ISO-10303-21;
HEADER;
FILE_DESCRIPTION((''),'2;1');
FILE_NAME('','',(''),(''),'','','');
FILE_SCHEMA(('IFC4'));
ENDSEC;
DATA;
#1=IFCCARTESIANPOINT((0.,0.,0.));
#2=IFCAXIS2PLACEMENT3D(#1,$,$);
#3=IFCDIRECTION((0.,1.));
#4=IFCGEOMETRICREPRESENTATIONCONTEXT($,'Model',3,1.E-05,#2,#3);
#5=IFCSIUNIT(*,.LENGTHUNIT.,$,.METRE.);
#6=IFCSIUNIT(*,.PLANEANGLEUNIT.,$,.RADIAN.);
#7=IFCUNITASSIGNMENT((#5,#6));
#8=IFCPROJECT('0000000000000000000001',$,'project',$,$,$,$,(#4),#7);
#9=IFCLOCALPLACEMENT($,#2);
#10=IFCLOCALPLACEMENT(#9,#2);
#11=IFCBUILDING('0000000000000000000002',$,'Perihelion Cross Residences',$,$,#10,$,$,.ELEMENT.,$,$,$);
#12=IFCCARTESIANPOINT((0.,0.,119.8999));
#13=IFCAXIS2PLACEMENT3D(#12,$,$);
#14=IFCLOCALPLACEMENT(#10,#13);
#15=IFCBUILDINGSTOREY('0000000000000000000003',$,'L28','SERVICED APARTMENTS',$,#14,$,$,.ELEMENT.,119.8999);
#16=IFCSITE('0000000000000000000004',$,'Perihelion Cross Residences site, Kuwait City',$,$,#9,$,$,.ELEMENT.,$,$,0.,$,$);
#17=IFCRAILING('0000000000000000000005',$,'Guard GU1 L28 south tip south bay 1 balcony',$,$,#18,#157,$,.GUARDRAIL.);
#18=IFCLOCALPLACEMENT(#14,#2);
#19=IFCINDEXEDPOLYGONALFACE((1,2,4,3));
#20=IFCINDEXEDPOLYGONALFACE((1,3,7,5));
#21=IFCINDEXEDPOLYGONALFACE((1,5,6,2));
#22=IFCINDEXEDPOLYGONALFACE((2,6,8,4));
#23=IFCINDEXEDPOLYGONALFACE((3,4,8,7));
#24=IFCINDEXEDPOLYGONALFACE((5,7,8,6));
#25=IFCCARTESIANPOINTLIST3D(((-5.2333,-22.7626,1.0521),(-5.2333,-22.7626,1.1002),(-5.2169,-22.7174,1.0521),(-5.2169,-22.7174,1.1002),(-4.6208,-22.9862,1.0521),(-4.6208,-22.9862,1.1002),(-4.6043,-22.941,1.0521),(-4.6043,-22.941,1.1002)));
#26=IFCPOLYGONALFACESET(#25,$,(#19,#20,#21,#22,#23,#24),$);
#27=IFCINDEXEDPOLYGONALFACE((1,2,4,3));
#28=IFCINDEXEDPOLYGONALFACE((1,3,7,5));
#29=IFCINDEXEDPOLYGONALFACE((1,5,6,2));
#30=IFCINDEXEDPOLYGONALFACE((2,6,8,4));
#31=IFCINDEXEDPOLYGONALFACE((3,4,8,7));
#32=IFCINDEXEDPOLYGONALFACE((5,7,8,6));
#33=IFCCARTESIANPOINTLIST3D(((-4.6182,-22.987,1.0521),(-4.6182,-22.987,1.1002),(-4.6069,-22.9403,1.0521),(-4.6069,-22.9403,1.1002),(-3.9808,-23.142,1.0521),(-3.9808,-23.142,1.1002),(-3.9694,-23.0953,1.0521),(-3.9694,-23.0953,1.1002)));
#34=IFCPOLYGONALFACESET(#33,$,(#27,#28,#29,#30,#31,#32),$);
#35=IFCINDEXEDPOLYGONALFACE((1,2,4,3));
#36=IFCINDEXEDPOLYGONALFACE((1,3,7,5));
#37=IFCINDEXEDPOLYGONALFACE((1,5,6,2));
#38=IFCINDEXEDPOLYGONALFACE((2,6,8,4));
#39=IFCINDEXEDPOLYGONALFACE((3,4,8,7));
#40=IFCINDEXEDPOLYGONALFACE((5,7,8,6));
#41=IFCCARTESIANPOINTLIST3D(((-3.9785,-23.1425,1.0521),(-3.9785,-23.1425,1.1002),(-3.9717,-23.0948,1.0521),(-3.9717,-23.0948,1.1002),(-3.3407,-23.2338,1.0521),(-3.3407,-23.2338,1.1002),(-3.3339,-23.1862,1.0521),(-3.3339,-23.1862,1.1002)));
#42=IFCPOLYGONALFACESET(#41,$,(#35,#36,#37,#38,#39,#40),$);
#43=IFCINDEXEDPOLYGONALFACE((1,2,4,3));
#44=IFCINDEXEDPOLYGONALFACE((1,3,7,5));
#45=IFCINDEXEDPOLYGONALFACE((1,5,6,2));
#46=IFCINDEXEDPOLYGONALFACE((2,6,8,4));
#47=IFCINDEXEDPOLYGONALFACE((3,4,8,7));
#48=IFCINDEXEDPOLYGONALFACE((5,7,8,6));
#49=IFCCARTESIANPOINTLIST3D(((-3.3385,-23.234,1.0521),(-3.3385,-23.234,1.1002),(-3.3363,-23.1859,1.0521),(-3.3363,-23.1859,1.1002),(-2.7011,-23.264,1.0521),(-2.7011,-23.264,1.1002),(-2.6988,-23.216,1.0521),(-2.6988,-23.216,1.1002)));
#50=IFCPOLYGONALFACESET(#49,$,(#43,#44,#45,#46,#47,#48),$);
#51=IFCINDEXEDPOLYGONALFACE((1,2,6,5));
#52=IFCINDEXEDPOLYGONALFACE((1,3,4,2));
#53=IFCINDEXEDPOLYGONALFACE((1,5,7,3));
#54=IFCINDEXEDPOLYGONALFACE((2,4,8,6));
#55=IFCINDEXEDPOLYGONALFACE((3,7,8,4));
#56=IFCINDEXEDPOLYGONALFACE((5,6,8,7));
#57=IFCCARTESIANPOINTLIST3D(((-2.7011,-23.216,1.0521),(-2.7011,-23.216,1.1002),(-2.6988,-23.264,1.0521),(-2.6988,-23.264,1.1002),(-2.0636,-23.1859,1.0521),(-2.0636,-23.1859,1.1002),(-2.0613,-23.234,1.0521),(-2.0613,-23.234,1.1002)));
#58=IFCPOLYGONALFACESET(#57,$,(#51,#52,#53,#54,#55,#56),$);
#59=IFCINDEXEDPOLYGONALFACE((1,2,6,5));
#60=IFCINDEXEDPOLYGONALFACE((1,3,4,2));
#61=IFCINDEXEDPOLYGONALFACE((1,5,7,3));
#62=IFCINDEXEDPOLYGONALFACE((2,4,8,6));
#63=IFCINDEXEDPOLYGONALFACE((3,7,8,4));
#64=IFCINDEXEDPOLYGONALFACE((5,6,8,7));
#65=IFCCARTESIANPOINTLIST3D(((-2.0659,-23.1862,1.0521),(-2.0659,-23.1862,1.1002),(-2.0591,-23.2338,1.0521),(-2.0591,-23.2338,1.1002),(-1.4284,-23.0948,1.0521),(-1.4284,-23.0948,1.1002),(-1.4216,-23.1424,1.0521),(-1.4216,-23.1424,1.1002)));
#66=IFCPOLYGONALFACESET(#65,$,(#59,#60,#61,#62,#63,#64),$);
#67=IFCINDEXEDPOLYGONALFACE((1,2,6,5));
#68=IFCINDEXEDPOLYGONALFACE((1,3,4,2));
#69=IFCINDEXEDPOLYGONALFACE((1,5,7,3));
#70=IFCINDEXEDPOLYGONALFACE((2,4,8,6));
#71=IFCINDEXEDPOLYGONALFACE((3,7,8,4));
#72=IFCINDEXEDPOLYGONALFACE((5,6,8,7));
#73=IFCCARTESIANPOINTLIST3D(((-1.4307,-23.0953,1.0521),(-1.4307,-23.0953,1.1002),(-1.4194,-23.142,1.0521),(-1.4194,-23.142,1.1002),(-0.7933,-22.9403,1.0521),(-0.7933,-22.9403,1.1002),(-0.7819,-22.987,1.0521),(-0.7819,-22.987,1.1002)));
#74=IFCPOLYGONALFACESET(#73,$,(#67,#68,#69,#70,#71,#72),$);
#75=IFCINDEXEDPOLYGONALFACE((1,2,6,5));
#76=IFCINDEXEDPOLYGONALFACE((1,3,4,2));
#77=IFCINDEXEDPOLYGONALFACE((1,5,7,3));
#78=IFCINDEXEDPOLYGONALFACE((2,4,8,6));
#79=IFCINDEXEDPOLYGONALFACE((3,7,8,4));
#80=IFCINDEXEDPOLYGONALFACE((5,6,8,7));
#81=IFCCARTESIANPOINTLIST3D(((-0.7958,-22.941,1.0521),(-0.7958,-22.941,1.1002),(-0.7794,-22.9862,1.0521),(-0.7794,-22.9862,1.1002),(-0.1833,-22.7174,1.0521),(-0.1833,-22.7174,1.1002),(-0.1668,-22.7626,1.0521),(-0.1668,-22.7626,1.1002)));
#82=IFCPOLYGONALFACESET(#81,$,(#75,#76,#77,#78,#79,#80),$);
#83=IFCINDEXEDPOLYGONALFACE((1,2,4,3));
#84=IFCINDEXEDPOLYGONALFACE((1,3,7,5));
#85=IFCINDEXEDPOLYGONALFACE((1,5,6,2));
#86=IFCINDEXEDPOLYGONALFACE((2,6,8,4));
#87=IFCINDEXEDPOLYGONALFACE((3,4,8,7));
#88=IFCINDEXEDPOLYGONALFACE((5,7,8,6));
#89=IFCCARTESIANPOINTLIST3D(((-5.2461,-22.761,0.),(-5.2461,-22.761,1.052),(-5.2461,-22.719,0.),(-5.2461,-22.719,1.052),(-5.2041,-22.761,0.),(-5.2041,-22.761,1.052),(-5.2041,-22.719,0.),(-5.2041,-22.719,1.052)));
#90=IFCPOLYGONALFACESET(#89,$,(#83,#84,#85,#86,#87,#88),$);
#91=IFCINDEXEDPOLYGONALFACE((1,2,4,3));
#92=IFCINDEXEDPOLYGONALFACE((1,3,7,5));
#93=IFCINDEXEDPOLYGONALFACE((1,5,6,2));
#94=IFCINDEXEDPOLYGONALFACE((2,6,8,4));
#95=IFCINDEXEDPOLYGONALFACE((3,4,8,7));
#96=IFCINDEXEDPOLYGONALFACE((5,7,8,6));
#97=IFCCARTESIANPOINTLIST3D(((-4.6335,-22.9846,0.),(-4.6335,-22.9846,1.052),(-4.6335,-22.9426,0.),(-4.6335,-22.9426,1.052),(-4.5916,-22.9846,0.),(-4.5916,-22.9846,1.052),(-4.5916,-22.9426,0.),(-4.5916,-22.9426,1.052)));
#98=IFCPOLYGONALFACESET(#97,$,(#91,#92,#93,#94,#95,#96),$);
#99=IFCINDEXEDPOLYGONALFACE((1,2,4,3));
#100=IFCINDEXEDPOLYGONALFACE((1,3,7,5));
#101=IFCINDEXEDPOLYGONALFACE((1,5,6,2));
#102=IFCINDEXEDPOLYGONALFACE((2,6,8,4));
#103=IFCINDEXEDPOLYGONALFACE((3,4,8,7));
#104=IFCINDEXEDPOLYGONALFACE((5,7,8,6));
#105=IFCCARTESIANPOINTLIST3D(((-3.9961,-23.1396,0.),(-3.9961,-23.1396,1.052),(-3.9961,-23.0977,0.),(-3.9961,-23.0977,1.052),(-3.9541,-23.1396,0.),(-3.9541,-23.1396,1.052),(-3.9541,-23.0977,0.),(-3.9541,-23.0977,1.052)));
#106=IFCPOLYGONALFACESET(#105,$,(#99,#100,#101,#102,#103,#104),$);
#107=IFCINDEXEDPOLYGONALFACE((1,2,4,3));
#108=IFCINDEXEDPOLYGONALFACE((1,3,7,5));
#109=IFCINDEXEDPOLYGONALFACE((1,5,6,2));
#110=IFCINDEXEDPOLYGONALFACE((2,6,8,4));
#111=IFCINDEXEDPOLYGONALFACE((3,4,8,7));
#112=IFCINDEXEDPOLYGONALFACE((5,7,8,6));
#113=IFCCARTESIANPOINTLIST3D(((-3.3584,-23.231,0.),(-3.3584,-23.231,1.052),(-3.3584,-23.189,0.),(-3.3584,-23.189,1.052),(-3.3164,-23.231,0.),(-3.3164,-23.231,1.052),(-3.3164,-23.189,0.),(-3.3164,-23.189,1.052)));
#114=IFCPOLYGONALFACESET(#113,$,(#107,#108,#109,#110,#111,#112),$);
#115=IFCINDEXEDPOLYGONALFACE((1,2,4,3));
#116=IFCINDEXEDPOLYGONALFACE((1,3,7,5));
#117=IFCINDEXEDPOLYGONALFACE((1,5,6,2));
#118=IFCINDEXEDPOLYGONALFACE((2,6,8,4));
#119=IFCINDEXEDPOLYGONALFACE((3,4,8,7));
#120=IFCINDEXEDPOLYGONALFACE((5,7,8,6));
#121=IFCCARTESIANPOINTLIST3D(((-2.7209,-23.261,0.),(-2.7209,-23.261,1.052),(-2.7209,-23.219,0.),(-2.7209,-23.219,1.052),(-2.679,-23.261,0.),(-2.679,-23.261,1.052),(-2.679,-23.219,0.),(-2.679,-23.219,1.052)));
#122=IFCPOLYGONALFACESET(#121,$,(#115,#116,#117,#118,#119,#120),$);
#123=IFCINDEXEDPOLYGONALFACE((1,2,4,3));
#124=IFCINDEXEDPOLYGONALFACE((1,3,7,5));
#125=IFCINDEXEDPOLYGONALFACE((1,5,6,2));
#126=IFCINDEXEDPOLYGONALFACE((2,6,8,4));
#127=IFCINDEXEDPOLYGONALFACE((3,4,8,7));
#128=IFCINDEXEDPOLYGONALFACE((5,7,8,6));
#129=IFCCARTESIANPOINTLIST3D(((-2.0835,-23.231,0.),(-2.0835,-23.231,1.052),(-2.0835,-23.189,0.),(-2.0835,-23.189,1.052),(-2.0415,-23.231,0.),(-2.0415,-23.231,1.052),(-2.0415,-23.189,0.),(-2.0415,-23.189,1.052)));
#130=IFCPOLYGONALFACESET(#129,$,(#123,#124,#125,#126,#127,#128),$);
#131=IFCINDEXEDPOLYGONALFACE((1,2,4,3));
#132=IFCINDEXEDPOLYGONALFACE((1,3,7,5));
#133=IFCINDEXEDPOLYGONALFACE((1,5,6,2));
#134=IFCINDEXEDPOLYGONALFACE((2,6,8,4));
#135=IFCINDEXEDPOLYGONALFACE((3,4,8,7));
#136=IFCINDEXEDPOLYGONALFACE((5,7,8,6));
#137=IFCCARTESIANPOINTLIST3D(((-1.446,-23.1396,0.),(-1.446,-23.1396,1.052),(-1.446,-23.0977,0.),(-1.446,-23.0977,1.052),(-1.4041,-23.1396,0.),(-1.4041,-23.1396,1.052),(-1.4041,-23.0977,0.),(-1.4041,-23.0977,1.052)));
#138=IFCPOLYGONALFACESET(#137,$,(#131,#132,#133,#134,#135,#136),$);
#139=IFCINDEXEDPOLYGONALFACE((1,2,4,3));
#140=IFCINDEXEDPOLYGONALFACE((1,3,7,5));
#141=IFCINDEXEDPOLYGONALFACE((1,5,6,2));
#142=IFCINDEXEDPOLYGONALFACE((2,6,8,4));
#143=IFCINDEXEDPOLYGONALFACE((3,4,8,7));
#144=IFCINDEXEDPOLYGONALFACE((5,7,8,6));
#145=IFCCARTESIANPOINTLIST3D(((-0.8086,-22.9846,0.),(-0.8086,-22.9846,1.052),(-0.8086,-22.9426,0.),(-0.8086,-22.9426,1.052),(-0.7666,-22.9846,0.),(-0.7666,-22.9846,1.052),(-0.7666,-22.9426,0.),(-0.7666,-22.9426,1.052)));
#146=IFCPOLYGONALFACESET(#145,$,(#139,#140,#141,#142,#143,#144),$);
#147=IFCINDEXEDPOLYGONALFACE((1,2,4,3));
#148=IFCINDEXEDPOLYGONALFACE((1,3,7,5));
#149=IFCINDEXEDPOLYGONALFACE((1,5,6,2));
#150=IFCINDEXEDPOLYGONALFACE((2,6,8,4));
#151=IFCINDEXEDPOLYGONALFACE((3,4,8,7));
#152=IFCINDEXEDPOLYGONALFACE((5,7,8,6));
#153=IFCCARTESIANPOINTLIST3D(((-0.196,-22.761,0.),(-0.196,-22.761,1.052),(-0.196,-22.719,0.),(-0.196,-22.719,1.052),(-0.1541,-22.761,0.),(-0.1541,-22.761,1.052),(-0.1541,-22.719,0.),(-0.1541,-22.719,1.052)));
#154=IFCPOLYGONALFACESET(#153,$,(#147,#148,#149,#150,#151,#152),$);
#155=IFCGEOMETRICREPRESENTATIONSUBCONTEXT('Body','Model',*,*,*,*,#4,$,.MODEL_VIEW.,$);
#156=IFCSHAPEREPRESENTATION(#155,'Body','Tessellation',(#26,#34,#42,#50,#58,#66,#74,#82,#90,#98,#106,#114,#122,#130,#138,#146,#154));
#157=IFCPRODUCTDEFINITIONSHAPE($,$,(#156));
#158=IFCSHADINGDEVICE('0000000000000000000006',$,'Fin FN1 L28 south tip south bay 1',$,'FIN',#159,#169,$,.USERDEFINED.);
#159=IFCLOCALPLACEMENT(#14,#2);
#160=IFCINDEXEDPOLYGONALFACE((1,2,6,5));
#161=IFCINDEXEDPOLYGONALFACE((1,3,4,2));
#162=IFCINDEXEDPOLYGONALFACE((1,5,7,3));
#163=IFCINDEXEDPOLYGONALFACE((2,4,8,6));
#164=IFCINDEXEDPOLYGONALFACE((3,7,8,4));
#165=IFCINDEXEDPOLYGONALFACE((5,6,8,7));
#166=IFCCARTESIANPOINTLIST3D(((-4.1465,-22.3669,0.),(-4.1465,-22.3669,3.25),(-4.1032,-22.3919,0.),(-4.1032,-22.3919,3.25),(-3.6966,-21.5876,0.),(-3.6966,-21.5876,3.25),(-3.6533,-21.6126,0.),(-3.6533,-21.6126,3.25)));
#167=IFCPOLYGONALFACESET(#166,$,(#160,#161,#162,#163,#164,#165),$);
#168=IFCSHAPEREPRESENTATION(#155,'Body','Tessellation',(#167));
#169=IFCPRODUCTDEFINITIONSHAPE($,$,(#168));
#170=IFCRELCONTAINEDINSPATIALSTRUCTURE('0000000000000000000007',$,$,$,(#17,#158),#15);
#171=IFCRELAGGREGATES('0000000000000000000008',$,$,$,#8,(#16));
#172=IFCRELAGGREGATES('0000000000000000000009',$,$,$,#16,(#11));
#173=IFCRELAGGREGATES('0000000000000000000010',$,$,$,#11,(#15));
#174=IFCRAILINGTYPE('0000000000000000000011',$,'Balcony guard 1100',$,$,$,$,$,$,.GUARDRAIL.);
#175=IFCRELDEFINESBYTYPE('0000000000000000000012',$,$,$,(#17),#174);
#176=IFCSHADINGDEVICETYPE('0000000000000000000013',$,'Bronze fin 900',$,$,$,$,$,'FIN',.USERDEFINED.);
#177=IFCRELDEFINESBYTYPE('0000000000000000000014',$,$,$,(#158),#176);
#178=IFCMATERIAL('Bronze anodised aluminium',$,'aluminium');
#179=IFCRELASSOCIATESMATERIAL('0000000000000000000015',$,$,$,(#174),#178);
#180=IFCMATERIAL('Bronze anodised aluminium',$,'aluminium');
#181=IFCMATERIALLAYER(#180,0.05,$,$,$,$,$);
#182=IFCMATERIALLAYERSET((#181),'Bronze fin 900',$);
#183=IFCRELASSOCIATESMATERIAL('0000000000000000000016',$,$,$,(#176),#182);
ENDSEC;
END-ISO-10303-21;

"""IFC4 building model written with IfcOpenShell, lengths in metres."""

from ifc_helpers import new_model, si_unit, direction, frame, origin, origin_2d, place, context, subcontext, project, spatial, rectangle, extrude, material, layer, layer_set, type_object, element, save


model = new_model("IFC4")

# Units and contexts
model_context = context("Model", 3, precision=1e-05, world=origin(), true_north=direction((0.0, 1.0)))
body_context = subcontext(model_context, "Body", "Model", "MODEL_VIEW")
ifc_project = project(units=[si_unit("LENGTHUNIT", "METRE"), si_unit("PLANEANGLEUNIT", "RADIAN")], contexts=[model_context])

# Site, building, storey
site_placement = place(None, origin())
site = spatial("IfcSite", under=ifc_project, at=site_placement, Name="Perihelion Cross Residences site, Kuwait City", CompositionType="ELEMENT", RefElevation=0.0)
building_placement = place(site_placement, origin())
building = spatial("IfcBuilding", under=site, at=building_placement, Name="Perihelion Cross Residences", CompositionType="ELEMENT")
storey_placement = place(building_placement, frame((0.0, 0.0, 119.8999)))
storey = spatial("IfcBuildingStorey", under=building, at=storey_placement, Name="L28", Description="SERVICED APARTMENTS", CompositionType="ELEMENT", Elevation=119.8999)

# Railing
ifc_material_1 = material(Name="Bronze anodised aluminium", Category="aluminium")
railing_type = type_object("IfcRailingType", Name="Balcony guard 1100", PredefinedType="GUARDRAIL", material=ifc_material_1)
railing_1_placement = place(storey_placement, frame((-5.2251, -22.74, 0.0)))
element("IfcRailing", 1, at=railing_1_placement, inside=storey, type_object=railing_type, Name="Guard GU1 L28 south tip south bay 1 balcony", PredefinedType="GUARDRAIL", context=body_context, shape_type="SweptSolid", body=[
    extrude(rectangle(XDim=0.0481, YDim=0.0481, at=origin_2d()), frame((0.0, 0.0, 1.0762), z_axis=(0.939355, -0.342945, 0.0), x_axis=(0.342945, 0.939355, 0.0)), (0.0, 0.0, 1.0), 0.6521),
    extrude(rectangle(XDim=0.0481, YDim=0.0481, at=origin_2d()), frame((0.6125, -0.2236, 1.0762), z_axis=(0.971677, -0.236314, 0.0), x_axis=(0.236314, 0.971677, 0.0)), (0.0, 0.0, 1.0), 0.656),
    extrude(rectangle(XDim=0.0481, YDim=0.0481, at=origin_2d()), frame((1.25, -0.3787, 1.0762), z_axis=(0.989904, -0.14174, 0.0), x_axis=(0.14174, 0.989904, 0.0)), (0.0, 0.0, 1.0), 0.6443),
    extrude(rectangle(XDim=0.0481, YDim=0.0481, at=origin_2d()), frame((1.8877, -0.47, 1.0762), z_axis=(0.998892, -0.047056, 0.0), x_axis=(0.047056, 0.998892, 0.0)), (0.0, 0.0, 1.0), 0.6382),
    extrude(rectangle(XDim=0.0481, YDim=0.0481, at=origin_2d()), frame((2.5251, -0.5, 1.0762), z_axis=(0.998892, 0.047056, 0.0), x_axis=(-0.047056, 0.998892, 0.0)), (0.0, 0.0, 1.0), 0.6382),
    extrude(rectangle(XDim=0.0481, YDim=0.0481, at=origin_2d()), frame((3.1626, -0.47, 1.0762), z_axis=(0.989896, 0.141793, 0.0), x_axis=(-0.141793, 0.989896, 0.0)), (0.0, 0.0, 1.0), 0.644),
    extrude(rectangle(XDim=0.0481, YDim=0.0481, at=origin_2d()), frame((3.8, -0.3787, 1.0762), z_axis=(0.971677, 0.236314, 0.0), x_axis=(-0.236314, 0.971677, 0.0)), (0.0, 0.0, 1.0), 0.656),
    extrude(rectangle(XDim=0.0481, YDim=0.0481, at=origin_2d()), frame((4.4375, -0.2236, 1.0762), z_axis=(0.939355, 0.342945, 0.0), x_axis=(-0.342945, 0.939355, 0.0)), (0.0, 0.0, 1.0), 0.6521),
    extrude(rectangle(XDim=0.042, YDim=0.042, at=origin_2d()), origin(), (0.0, 0.0, 1.0), 1.052),
    extrude(rectangle(XDim=0.042, YDim=0.042, at=origin_2d()), frame((0.6125, -0.2236, 0.0)), (0.0, 0.0, 1.0), 1.052),
    extrude(rectangle(XDim=0.042, YDim=0.042, at=origin_2d()), frame((1.25, -0.3787, 0.0)), (0.0, 0.0, 1.0), 1.052),
    extrude(rectangle(XDim=0.042, YDim=0.042, at=origin_2d()), frame((1.8877, -0.47, 0.0)), (0.0, 0.0, 1.0), 1.052),
    extrude(rectangle(XDim=0.042, YDim=0.042, at=origin_2d()), frame((2.5251, -0.5, 0.0)), (0.0, 0.0, 1.0), 1.052),
    extrude(rectangle(XDim=0.042, YDim=0.042, at=origin_2d()), frame((3.1626, -0.47, 0.0)), (0.0, 0.0, 1.0), 1.052),
    extrude(rectangle(XDim=0.042, YDim=0.042, at=origin_2d()), frame((3.8, -0.3787, 0.0)), (0.0, 0.0, 1.0), 1.052),
    extrude(rectangle(XDim=0.042, YDim=0.042, at=origin_2d()), frame((4.4375, -0.2236, 0.0)), (0.0, 0.0, 1.0), 1.052),
    extrude(rectangle(XDim=0.042, YDim=0.042, at=origin_2d()), frame((5.05, 0.0, 0.0)), (0.0, 0.0, 1.0), 1.052),
])

# Shading device
ifc_material_2 = material(Name="Bronze anodised aluminium", Category="aluminium")
ifc_layer_1 = layer(ifc_material_2, 0.05)
ifc_layer_set_1 = layer_set([ifc_layer_1], Name="Bronze fin 900")
shading_device_type = type_object("IfcShadingDeviceType", Name="Bronze fin 900", ElementType="FIN", PredefinedType="USERDEFINED", material=ifc_layer_set_1)
shading_device_placement = place(storey_placement, frame((-3.8999, -21.9897, 0.0), z_axis=(0.0, 0.0, 1.0), x_axis=(-0.5, -0.866025, 0.0)))
element("IfcShadingDevice", 2, at=shading_device_placement, inside=storey, type_object=shading_device_type, Name="Fin FN1 L28 south tip south bay 1", ObjectType="FIN", PredefinedType="USERDEFINED", context=body_context, shape_type="SweptSolid", body=[
    extrude(rectangle(XDim=0.8999, YDim=0.05, at=origin_2d()), origin(), (0.0, 0.0, 1.0), 3.25),
])

save(model, "model.ifc")
